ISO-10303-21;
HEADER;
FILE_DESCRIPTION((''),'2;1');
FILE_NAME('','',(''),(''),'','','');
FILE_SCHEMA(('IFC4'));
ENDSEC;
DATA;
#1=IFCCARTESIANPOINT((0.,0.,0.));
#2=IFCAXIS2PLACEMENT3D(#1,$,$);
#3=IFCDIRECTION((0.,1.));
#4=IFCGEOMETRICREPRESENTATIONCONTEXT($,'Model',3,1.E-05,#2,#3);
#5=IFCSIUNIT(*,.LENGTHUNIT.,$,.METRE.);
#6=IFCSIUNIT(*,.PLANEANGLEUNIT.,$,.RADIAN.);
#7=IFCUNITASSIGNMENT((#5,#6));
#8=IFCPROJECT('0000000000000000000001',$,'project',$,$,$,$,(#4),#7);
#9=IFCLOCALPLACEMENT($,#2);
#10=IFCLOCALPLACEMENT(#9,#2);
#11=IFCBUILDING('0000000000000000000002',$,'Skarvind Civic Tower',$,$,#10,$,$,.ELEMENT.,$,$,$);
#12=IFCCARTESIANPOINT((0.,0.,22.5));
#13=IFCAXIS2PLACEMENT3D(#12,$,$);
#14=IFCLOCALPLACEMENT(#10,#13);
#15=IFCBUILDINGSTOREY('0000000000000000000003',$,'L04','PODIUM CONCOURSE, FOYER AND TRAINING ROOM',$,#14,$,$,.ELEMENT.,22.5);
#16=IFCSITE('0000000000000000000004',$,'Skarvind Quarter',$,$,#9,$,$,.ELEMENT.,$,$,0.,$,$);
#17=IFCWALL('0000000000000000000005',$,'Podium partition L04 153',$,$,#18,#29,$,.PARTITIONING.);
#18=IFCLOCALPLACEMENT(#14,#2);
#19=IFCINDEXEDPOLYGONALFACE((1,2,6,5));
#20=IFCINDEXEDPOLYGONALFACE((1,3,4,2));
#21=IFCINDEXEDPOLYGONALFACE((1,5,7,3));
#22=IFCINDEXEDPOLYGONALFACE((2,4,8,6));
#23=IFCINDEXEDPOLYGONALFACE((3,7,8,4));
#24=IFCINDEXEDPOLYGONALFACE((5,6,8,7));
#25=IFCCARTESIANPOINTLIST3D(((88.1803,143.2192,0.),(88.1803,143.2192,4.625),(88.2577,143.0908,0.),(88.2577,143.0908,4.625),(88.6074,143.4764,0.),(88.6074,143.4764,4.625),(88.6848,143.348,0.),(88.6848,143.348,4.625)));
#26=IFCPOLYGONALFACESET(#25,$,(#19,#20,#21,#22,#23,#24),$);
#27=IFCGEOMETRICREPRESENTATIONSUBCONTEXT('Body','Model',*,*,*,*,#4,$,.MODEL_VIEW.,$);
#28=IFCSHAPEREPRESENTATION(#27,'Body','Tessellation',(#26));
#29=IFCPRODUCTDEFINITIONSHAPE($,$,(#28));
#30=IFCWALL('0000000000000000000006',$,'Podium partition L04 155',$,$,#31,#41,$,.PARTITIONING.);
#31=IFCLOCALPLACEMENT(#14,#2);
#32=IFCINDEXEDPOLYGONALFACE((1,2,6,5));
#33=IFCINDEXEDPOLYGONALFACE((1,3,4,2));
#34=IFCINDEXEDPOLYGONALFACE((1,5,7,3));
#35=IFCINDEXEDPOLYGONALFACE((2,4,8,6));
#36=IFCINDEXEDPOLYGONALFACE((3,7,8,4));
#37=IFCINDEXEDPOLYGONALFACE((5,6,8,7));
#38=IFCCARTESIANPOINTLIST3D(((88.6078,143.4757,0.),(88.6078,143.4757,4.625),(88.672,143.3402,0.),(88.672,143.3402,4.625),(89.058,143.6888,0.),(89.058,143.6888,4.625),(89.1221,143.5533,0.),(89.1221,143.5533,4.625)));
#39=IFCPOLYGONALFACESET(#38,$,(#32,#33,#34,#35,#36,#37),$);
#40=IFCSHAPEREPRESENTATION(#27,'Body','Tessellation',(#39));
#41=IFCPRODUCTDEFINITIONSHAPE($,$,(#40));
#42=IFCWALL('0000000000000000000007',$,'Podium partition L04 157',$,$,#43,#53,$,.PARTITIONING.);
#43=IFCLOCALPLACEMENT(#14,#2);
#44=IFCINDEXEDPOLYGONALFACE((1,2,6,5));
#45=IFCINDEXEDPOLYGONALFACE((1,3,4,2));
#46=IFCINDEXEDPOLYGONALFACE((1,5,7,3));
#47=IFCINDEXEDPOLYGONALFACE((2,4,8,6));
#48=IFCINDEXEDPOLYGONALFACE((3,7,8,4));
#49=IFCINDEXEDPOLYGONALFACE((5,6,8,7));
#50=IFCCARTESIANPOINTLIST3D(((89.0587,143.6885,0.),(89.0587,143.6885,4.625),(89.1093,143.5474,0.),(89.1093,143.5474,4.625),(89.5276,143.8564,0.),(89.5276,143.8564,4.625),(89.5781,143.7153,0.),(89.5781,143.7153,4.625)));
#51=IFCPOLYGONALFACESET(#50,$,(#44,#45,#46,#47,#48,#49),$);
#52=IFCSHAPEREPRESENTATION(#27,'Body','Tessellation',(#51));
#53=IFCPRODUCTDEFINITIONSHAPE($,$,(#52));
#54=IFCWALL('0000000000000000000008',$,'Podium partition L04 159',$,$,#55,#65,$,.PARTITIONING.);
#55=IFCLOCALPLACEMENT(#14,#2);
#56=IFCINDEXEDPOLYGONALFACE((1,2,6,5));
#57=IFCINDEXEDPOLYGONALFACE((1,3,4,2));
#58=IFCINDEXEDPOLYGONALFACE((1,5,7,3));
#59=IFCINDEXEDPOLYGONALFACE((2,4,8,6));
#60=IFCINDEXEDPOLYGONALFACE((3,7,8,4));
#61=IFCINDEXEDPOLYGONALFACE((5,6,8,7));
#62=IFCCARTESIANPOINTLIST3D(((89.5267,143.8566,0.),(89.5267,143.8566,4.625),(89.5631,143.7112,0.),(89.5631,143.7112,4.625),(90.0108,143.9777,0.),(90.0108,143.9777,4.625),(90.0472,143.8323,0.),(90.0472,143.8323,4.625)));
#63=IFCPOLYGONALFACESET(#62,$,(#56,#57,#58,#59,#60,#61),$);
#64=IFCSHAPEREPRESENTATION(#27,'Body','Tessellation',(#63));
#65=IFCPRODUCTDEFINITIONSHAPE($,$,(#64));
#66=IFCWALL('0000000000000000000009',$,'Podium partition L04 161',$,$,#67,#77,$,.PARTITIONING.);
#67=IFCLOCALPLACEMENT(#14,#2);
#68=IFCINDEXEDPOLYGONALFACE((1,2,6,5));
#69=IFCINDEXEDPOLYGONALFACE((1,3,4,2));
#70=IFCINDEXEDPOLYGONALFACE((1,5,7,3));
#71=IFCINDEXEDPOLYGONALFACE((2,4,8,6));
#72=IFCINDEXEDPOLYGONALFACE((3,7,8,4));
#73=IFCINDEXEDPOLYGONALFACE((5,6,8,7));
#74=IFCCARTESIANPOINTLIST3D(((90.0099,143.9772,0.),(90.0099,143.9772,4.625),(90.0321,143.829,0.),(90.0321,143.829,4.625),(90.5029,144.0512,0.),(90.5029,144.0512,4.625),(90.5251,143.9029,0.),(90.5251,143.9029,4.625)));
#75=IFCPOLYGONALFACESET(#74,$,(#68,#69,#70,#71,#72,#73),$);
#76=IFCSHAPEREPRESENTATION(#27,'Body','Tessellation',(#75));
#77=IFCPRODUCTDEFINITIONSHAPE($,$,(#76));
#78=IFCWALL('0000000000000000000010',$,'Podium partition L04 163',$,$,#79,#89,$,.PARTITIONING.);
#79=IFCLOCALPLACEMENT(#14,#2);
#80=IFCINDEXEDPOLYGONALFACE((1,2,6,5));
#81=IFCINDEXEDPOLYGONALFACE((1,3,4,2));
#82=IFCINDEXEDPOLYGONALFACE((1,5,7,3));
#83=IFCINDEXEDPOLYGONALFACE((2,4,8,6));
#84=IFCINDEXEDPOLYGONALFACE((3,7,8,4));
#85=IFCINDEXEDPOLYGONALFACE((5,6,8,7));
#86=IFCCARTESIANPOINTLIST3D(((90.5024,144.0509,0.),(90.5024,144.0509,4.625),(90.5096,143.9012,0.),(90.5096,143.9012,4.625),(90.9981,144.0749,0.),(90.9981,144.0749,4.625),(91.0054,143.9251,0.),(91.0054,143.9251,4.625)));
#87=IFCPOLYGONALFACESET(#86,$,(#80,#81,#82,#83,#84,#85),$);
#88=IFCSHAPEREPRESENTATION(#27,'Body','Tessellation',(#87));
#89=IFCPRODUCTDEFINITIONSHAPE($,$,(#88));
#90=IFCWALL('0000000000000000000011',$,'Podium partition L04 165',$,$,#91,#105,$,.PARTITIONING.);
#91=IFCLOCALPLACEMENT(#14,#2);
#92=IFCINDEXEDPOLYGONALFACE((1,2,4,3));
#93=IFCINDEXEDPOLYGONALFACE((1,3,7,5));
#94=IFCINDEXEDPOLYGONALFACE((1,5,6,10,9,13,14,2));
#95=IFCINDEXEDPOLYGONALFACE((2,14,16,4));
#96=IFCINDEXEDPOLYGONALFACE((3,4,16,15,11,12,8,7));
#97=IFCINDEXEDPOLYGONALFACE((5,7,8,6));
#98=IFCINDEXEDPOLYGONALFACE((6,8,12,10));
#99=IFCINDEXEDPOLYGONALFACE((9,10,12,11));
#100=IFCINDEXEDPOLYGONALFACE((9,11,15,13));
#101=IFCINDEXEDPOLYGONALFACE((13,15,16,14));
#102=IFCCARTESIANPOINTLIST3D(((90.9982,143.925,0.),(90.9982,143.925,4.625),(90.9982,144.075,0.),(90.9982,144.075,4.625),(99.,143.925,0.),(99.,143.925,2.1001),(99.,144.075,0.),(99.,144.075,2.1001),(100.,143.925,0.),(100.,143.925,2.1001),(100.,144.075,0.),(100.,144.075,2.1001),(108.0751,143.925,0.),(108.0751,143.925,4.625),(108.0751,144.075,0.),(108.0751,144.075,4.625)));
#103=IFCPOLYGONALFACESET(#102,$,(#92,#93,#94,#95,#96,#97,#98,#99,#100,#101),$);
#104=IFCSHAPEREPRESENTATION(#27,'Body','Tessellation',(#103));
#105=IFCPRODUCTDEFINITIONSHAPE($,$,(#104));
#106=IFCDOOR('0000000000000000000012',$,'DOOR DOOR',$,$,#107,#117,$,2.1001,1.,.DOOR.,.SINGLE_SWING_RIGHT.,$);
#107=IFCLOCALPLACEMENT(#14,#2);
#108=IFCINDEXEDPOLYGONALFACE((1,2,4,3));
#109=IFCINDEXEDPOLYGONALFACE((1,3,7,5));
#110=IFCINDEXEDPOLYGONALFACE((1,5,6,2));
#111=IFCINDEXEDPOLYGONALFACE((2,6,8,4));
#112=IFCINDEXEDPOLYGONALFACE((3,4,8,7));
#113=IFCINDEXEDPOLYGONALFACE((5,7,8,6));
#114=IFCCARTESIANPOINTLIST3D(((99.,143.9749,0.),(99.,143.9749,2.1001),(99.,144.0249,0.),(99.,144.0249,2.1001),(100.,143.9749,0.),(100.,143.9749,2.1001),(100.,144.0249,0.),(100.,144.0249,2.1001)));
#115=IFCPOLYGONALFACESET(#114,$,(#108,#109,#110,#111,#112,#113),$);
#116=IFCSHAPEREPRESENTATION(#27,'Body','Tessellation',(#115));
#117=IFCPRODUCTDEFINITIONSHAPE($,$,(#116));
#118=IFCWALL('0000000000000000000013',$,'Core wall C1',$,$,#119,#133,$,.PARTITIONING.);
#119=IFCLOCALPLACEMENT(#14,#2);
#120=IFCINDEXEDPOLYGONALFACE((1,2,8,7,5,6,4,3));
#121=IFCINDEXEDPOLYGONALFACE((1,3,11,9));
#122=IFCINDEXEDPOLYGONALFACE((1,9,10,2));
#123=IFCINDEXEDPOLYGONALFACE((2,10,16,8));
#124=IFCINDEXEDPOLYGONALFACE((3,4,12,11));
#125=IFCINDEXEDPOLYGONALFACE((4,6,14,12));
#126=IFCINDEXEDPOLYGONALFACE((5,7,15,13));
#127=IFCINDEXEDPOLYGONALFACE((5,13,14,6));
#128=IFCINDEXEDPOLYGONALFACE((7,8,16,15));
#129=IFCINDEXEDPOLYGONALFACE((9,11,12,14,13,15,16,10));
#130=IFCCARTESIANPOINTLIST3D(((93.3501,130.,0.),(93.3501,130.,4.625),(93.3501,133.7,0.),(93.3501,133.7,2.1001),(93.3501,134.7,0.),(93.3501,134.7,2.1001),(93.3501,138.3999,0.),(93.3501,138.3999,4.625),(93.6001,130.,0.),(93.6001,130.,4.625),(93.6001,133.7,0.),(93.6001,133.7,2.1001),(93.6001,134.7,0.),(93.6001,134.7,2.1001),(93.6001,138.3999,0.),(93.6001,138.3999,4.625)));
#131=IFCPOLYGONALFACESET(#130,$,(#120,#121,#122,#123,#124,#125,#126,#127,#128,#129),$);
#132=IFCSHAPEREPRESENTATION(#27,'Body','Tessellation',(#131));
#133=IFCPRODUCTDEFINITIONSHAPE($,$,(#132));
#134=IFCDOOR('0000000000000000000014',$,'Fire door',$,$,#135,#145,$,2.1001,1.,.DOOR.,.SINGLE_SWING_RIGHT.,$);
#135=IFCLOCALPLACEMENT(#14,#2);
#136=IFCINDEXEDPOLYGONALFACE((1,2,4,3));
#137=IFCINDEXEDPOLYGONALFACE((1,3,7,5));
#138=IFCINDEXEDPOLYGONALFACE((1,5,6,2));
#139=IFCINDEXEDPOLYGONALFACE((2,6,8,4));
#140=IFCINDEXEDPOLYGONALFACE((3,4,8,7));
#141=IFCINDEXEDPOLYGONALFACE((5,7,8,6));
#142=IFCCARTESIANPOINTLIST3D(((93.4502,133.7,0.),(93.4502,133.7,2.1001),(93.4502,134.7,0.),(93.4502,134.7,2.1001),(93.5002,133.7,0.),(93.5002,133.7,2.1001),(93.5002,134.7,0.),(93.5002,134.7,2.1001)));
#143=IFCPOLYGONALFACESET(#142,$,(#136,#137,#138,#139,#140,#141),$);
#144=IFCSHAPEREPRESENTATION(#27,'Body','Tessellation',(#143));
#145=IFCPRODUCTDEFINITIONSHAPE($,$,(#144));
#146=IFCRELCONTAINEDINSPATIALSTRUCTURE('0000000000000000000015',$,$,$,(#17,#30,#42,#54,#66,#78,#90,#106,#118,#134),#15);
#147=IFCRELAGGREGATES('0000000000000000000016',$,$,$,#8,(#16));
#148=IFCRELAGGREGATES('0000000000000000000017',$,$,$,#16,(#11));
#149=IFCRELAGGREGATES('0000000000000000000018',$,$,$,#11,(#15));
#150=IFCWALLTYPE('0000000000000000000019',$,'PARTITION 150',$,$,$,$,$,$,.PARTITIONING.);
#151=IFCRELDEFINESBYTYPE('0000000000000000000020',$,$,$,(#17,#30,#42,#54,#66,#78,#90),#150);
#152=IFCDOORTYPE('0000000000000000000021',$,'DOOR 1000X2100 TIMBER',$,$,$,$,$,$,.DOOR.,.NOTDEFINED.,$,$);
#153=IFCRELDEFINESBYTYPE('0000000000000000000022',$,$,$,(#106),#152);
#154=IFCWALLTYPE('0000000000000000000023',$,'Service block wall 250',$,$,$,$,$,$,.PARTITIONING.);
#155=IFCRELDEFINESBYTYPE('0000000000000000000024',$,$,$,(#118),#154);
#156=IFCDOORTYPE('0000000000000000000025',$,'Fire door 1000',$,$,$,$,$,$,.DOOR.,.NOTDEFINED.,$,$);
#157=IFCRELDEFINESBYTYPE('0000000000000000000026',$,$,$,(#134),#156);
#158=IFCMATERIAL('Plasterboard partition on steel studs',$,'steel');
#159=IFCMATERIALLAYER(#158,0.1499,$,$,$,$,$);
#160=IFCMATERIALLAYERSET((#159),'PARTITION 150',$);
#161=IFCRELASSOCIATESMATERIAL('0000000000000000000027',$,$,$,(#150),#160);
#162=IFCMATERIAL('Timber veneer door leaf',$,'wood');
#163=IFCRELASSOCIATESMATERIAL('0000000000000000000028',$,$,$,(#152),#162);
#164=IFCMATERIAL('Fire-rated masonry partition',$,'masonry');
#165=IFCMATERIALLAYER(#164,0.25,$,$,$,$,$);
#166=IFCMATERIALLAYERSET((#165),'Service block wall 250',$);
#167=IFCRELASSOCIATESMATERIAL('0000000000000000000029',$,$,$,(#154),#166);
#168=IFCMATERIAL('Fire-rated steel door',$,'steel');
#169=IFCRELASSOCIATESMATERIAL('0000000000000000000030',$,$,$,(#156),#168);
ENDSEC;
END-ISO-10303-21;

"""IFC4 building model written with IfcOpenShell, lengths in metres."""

from ifc_helpers import new_model, si_unit, direction, frame, frame_2d, origin, place, context, subcontext, project, spatial, rectangle, extrude, material, layer, layer_set, type_object, element, fill, save


model = new_model("IFC4")

# Units and contexts
model_context = context("Model", 3, precision=1e-05, world=origin(), true_north=direction((0.0, 1.0)))
body_context = subcontext(model_context, "Body", "Model", "MODEL_VIEW")
ifc_project = project(units=[si_unit("LENGTHUNIT", "METRE"), si_unit("PLANEANGLEUNIT", "RADIAN")], contexts=[model_context])

# Site, building, storey
site_placement = place(None, origin())
site = spatial("IfcSite", under=ifc_project, at=site_placement, Name="Skarvind Quarter", CompositionType="ELEMENT", RefElevation=0.0)
building_placement = place(site_placement, origin())
building = spatial("IfcBuilding", under=site, at=building_placement, Name="Skarvind Civic Tower", CompositionType="ELEMENT")
storey_placement = place(building_placement, frame((0.0, 0.0, 22.5)))
storey = spatial("IfcBuildingStorey", under=building, at=storey_placement, Name="L04", Description="PODIUM CONCOURSE, FOYER AND TRAINING ROOM", CompositionType="ELEMENT", Elevation=22.5)

# Walls
ifc_material_1 = material(Name="Plasterboard partition on steel studs", Category="steel")
ifc_layer_1 = layer(ifc_material_1, 0.1499)
ifc_layer_set_1 = layer_set([ifc_layer_1], Name="PARTITION 150")
wall_type_1 = type_object("IfcWallType", Name="PARTITION 150", PredefinedType="PARTITIONING", material=ifc_layer_set_1)
wall_1_placement = place(storey_placement, frame((88.219, 143.155, 0.0), z_axis=(0.0, 0.0, 1.0), x_axis=(0.856714, 0.515792, 0.0)))
element("IfcWall", 1, at=wall_1_placement, inside=storey, type_object=wall_type_1, Name="Podium partition L04 153", PredefinedType="PARTITIONING", context=body_context, shape_type="SweptSolid", body=[
    extrude(rectangle(XDim=0.4985, YDim=0.1499, at=frame_2d((0.2493, 0.0))), origin(), (0.0, 0.0, 1.0), 4.625),
])
for number, where, z_axis, x_axis, name in (
    (2, (88.6399, 143.408, 0.0), (0.0, 0.0, 1.0), (0.903828, 0.427897, 0.0), "Podium partition L04 155"),
    (3, (89.084, 143.6179, 0.0), (0.0, 0.0, 1.0), (0.941442, 0.337174, 0.0), "Podium partition L04 157"),
):
    element("IfcWall", number, at=place(storey_placement, frame(where, z_axis=z_axis, x_axis=x_axis)), inside=storey, type_object=wall_type_1, Name=name, PredefinedType="PARTITIONING", context=body_context, shape_type="SweptSolid", body=[
        extrude(rectangle(XDim=0.498, YDim=0.1499, at=frame_2d((0.249, 0.0))), origin(), (0.0, 0.0, 1.0), 4.625),
    ])
wall_2_placement = place(storey_placement, frame((89.5449, 143.7839, 0.0), z_axis=(0.0, 0.0, 1.0), x_axis=(0.970114, 0.242651, 0.0)))
element("IfcWall", 4, at=wall_2_placement, inside=storey, type_object=wall_type_1, Name="Podium partition L04 159", PredefinedType="PARTITIONING", context=body_context, shape_type="SweptSolid", body=[
    extrude(rectangle(XDim=0.499, YDim=0.1499, at=frame_2d((0.2495, 0.0))), origin(), (0.0, 0.0, 1.0), 4.625),
])
wall_3_placement = place(storey_placement, frame((90.021, 143.9031, 0.0), z_axis=(0.0, 0.0, 1.0), x_axis=(0.988926, 0.148412, 0.0)))
element("IfcWall", 5, at=wall_3_placement, inside=storey, type_object=wall_type_1, Name="Podium partition L04 161", PredefinedType="PARTITIONING", context=body_context, shape_type="SweptSolid", body=[
    extrude(rectangle(XDim=0.4985, YDim=0.1499, at=frame_2d((0.2493, 0.0))), origin(), (0.0, 0.0, 1.0), 4.625),
])
wall_4_placement = place(storey_placement, frame((90.5061, 143.9761, 0.0), z_axis=(0.0, 0.0, 1.0), x_axis=(0.998838, 0.048196, 0.0)))
element("IfcWall", 6, at=wall_4_placement, inside=storey, type_object=wall_type_1, Name="Podium partition L04 163", PredefinedType="PARTITIONING", context=body_context, shape_type="SweptSolid", body=[
    extrude(rectangle(XDim=0.4963, YDim=0.1499, at=frame_2d((0.248, 0.0))), origin(), (0.0, 0.0, 1.0), 4.625),
])

# Walls, openings, doors
wall_5_placement = place(storey_placement, frame((90.998, 144.0, 0.0), z_axis=(0.0, 0.0, 1.0), x_axis=(1.0, 0.0, 0.0)))
wall_5 = element("IfcWall", 7, at=wall_5_placement, inside=storey, type_object=wall_type_1, Name="Podium partition L04 165", PredefinedType="PARTITIONING", context=body_context, shape_type="SweptSolid", body=[
    extrude(rectangle(XDim=17.0769, YDim=0.1499, at=frame_2d((8.5386, 0.0))), origin(), (0.0, 0.0, 1.0), 4.625),
])
opening_1_placement = place(wall_5_placement, frame((8.002, 0.0, 0.0)))
opening_1 = element("IfcOpeningElement", 8, at=opening_1_placement, cuts=wall_5, PredefinedType="OPENING", context=body_context, shape_type="SweptSolid", body=[
    extrude(rectangle(XDim=1.0, YDim=2.1001, at=frame_2d((0.5, 1.05))), frame((0.0, 0.085, 0.0), z_axis=(0.0, -1.0, 0.0), x_axis=(1.0, 0.0, 0.0)), (0.0, 0.0, 1.0), 0.1699),
])
ifc_material_2 = material(Name="Timber veneer door leaf", Category="wood")
door_type_1 = type_object("IfcDoorType", Name="DOOR 1000X2100 TIMBER", OperationType="NOTDEFINED", PredefinedType="DOOR", material=ifc_material_2)
door_1_placement = place(opening_1_placement, origin())
door_1 = element("IfcDoor", 9, at=door_1_placement, inside=storey, type_object=door_type_1, Name="DOOR DOOR", OperationType="SINGLE_SWING_RIGHT", OverallHeight=2.1001, OverallWidth=1.0, PredefinedType="DOOR", context=body_context, shape_type="SweptSolid", body=[
    extrude(rectangle(XDim=1.0, YDim=2.1001, at=frame_2d((0.5, 1.05))), frame((0.0, 0.0249, 0.0), z_axis=(0.0, -1.0, 0.0), x_axis=(1.0, 0.0, 0.0)), (0.0, 0.0, 1.0), 0.05),
])
fill(opening_1, door_1)
ifc_material_3 = material(Name="Fire-rated masonry partition", Category="masonry")
ifc_layer_2 = layer(ifc_material_3, 0.25)
ifc_layer_set_2 = layer_set([ifc_layer_2], Name="Service block wall 250")
wall_type_2 = type_object("IfcWallType", Name="Service block wall 250", PredefinedType="PARTITIONING", material=ifc_layer_set_2)
wall_6_placement = place(storey_placement, frame((93.4751, 130.0, 0.0), z_axis=(0.0, 0.0, 1.0), x_axis=(0.0, 1.0, 0.0)))
wall_6 = element("IfcWall", 10, at=wall_6_placement, inside=storey, type_object=wall_type_2, Name="Core wall C1", PredefinedType="PARTITIONING", context=body_context, shape_type="SweptSolid", body=[
    extrude(rectangle(XDim=8.3999, YDim=0.25, at=frame_2d((4.2, 0.0))), origin(), (0.0, 0.0, 1.0), 4.625),
])
opening_2_placement = place(wall_6_placement, frame((3.7, 0.0, 0.0)))
opening_2 = element("IfcOpeningElement", 11, at=opening_2_placement, cuts=wall_6, PredefinedType="OPENING", context=body_context, shape_type="SweptSolid", body=[
    extrude(rectangle(XDim=1.0, YDim=2.1001, at=frame_2d((0.5, 1.05))), frame((0.0, 0.135, 0.0), z_axis=(0.0, -1.0, 0.0), x_axis=(1.0, 0.0, 0.0)), (0.0, 0.0, 1.0), 0.27),
])
ifc_material_4 = material(Name="Fire-rated steel door", Category="steel")
door_type_2 = type_object("IfcDoorType", Name="Fire door 1000", OperationType="NOTDEFINED", PredefinedType="DOOR", material=ifc_material_4)
door_2_placement = place(opening_2_placement, origin())
door_2 = element("IfcDoor", 12, at=door_2_placement, inside=storey, type_object=door_type_2, Name="Fire door", OperationType="SINGLE_SWING_RIGHT", OverallHeight=2.1001, OverallWidth=1.0, PredefinedType="DOOR", context=body_context, shape_type="SweptSolid", body=[
    extrude(rectangle(XDim=1.0, YDim=2.1001, at=frame_2d((0.5, 1.05))), frame((0.0, 0.0249, 0.0), z_axis=(0.0, -1.0, 0.0), x_axis=(1.0, 0.0, 0.0)), (0.0, 0.0, 1.0), 0.05),
])
fill(opening_2, door_2)

save(model, "model.ifc")
